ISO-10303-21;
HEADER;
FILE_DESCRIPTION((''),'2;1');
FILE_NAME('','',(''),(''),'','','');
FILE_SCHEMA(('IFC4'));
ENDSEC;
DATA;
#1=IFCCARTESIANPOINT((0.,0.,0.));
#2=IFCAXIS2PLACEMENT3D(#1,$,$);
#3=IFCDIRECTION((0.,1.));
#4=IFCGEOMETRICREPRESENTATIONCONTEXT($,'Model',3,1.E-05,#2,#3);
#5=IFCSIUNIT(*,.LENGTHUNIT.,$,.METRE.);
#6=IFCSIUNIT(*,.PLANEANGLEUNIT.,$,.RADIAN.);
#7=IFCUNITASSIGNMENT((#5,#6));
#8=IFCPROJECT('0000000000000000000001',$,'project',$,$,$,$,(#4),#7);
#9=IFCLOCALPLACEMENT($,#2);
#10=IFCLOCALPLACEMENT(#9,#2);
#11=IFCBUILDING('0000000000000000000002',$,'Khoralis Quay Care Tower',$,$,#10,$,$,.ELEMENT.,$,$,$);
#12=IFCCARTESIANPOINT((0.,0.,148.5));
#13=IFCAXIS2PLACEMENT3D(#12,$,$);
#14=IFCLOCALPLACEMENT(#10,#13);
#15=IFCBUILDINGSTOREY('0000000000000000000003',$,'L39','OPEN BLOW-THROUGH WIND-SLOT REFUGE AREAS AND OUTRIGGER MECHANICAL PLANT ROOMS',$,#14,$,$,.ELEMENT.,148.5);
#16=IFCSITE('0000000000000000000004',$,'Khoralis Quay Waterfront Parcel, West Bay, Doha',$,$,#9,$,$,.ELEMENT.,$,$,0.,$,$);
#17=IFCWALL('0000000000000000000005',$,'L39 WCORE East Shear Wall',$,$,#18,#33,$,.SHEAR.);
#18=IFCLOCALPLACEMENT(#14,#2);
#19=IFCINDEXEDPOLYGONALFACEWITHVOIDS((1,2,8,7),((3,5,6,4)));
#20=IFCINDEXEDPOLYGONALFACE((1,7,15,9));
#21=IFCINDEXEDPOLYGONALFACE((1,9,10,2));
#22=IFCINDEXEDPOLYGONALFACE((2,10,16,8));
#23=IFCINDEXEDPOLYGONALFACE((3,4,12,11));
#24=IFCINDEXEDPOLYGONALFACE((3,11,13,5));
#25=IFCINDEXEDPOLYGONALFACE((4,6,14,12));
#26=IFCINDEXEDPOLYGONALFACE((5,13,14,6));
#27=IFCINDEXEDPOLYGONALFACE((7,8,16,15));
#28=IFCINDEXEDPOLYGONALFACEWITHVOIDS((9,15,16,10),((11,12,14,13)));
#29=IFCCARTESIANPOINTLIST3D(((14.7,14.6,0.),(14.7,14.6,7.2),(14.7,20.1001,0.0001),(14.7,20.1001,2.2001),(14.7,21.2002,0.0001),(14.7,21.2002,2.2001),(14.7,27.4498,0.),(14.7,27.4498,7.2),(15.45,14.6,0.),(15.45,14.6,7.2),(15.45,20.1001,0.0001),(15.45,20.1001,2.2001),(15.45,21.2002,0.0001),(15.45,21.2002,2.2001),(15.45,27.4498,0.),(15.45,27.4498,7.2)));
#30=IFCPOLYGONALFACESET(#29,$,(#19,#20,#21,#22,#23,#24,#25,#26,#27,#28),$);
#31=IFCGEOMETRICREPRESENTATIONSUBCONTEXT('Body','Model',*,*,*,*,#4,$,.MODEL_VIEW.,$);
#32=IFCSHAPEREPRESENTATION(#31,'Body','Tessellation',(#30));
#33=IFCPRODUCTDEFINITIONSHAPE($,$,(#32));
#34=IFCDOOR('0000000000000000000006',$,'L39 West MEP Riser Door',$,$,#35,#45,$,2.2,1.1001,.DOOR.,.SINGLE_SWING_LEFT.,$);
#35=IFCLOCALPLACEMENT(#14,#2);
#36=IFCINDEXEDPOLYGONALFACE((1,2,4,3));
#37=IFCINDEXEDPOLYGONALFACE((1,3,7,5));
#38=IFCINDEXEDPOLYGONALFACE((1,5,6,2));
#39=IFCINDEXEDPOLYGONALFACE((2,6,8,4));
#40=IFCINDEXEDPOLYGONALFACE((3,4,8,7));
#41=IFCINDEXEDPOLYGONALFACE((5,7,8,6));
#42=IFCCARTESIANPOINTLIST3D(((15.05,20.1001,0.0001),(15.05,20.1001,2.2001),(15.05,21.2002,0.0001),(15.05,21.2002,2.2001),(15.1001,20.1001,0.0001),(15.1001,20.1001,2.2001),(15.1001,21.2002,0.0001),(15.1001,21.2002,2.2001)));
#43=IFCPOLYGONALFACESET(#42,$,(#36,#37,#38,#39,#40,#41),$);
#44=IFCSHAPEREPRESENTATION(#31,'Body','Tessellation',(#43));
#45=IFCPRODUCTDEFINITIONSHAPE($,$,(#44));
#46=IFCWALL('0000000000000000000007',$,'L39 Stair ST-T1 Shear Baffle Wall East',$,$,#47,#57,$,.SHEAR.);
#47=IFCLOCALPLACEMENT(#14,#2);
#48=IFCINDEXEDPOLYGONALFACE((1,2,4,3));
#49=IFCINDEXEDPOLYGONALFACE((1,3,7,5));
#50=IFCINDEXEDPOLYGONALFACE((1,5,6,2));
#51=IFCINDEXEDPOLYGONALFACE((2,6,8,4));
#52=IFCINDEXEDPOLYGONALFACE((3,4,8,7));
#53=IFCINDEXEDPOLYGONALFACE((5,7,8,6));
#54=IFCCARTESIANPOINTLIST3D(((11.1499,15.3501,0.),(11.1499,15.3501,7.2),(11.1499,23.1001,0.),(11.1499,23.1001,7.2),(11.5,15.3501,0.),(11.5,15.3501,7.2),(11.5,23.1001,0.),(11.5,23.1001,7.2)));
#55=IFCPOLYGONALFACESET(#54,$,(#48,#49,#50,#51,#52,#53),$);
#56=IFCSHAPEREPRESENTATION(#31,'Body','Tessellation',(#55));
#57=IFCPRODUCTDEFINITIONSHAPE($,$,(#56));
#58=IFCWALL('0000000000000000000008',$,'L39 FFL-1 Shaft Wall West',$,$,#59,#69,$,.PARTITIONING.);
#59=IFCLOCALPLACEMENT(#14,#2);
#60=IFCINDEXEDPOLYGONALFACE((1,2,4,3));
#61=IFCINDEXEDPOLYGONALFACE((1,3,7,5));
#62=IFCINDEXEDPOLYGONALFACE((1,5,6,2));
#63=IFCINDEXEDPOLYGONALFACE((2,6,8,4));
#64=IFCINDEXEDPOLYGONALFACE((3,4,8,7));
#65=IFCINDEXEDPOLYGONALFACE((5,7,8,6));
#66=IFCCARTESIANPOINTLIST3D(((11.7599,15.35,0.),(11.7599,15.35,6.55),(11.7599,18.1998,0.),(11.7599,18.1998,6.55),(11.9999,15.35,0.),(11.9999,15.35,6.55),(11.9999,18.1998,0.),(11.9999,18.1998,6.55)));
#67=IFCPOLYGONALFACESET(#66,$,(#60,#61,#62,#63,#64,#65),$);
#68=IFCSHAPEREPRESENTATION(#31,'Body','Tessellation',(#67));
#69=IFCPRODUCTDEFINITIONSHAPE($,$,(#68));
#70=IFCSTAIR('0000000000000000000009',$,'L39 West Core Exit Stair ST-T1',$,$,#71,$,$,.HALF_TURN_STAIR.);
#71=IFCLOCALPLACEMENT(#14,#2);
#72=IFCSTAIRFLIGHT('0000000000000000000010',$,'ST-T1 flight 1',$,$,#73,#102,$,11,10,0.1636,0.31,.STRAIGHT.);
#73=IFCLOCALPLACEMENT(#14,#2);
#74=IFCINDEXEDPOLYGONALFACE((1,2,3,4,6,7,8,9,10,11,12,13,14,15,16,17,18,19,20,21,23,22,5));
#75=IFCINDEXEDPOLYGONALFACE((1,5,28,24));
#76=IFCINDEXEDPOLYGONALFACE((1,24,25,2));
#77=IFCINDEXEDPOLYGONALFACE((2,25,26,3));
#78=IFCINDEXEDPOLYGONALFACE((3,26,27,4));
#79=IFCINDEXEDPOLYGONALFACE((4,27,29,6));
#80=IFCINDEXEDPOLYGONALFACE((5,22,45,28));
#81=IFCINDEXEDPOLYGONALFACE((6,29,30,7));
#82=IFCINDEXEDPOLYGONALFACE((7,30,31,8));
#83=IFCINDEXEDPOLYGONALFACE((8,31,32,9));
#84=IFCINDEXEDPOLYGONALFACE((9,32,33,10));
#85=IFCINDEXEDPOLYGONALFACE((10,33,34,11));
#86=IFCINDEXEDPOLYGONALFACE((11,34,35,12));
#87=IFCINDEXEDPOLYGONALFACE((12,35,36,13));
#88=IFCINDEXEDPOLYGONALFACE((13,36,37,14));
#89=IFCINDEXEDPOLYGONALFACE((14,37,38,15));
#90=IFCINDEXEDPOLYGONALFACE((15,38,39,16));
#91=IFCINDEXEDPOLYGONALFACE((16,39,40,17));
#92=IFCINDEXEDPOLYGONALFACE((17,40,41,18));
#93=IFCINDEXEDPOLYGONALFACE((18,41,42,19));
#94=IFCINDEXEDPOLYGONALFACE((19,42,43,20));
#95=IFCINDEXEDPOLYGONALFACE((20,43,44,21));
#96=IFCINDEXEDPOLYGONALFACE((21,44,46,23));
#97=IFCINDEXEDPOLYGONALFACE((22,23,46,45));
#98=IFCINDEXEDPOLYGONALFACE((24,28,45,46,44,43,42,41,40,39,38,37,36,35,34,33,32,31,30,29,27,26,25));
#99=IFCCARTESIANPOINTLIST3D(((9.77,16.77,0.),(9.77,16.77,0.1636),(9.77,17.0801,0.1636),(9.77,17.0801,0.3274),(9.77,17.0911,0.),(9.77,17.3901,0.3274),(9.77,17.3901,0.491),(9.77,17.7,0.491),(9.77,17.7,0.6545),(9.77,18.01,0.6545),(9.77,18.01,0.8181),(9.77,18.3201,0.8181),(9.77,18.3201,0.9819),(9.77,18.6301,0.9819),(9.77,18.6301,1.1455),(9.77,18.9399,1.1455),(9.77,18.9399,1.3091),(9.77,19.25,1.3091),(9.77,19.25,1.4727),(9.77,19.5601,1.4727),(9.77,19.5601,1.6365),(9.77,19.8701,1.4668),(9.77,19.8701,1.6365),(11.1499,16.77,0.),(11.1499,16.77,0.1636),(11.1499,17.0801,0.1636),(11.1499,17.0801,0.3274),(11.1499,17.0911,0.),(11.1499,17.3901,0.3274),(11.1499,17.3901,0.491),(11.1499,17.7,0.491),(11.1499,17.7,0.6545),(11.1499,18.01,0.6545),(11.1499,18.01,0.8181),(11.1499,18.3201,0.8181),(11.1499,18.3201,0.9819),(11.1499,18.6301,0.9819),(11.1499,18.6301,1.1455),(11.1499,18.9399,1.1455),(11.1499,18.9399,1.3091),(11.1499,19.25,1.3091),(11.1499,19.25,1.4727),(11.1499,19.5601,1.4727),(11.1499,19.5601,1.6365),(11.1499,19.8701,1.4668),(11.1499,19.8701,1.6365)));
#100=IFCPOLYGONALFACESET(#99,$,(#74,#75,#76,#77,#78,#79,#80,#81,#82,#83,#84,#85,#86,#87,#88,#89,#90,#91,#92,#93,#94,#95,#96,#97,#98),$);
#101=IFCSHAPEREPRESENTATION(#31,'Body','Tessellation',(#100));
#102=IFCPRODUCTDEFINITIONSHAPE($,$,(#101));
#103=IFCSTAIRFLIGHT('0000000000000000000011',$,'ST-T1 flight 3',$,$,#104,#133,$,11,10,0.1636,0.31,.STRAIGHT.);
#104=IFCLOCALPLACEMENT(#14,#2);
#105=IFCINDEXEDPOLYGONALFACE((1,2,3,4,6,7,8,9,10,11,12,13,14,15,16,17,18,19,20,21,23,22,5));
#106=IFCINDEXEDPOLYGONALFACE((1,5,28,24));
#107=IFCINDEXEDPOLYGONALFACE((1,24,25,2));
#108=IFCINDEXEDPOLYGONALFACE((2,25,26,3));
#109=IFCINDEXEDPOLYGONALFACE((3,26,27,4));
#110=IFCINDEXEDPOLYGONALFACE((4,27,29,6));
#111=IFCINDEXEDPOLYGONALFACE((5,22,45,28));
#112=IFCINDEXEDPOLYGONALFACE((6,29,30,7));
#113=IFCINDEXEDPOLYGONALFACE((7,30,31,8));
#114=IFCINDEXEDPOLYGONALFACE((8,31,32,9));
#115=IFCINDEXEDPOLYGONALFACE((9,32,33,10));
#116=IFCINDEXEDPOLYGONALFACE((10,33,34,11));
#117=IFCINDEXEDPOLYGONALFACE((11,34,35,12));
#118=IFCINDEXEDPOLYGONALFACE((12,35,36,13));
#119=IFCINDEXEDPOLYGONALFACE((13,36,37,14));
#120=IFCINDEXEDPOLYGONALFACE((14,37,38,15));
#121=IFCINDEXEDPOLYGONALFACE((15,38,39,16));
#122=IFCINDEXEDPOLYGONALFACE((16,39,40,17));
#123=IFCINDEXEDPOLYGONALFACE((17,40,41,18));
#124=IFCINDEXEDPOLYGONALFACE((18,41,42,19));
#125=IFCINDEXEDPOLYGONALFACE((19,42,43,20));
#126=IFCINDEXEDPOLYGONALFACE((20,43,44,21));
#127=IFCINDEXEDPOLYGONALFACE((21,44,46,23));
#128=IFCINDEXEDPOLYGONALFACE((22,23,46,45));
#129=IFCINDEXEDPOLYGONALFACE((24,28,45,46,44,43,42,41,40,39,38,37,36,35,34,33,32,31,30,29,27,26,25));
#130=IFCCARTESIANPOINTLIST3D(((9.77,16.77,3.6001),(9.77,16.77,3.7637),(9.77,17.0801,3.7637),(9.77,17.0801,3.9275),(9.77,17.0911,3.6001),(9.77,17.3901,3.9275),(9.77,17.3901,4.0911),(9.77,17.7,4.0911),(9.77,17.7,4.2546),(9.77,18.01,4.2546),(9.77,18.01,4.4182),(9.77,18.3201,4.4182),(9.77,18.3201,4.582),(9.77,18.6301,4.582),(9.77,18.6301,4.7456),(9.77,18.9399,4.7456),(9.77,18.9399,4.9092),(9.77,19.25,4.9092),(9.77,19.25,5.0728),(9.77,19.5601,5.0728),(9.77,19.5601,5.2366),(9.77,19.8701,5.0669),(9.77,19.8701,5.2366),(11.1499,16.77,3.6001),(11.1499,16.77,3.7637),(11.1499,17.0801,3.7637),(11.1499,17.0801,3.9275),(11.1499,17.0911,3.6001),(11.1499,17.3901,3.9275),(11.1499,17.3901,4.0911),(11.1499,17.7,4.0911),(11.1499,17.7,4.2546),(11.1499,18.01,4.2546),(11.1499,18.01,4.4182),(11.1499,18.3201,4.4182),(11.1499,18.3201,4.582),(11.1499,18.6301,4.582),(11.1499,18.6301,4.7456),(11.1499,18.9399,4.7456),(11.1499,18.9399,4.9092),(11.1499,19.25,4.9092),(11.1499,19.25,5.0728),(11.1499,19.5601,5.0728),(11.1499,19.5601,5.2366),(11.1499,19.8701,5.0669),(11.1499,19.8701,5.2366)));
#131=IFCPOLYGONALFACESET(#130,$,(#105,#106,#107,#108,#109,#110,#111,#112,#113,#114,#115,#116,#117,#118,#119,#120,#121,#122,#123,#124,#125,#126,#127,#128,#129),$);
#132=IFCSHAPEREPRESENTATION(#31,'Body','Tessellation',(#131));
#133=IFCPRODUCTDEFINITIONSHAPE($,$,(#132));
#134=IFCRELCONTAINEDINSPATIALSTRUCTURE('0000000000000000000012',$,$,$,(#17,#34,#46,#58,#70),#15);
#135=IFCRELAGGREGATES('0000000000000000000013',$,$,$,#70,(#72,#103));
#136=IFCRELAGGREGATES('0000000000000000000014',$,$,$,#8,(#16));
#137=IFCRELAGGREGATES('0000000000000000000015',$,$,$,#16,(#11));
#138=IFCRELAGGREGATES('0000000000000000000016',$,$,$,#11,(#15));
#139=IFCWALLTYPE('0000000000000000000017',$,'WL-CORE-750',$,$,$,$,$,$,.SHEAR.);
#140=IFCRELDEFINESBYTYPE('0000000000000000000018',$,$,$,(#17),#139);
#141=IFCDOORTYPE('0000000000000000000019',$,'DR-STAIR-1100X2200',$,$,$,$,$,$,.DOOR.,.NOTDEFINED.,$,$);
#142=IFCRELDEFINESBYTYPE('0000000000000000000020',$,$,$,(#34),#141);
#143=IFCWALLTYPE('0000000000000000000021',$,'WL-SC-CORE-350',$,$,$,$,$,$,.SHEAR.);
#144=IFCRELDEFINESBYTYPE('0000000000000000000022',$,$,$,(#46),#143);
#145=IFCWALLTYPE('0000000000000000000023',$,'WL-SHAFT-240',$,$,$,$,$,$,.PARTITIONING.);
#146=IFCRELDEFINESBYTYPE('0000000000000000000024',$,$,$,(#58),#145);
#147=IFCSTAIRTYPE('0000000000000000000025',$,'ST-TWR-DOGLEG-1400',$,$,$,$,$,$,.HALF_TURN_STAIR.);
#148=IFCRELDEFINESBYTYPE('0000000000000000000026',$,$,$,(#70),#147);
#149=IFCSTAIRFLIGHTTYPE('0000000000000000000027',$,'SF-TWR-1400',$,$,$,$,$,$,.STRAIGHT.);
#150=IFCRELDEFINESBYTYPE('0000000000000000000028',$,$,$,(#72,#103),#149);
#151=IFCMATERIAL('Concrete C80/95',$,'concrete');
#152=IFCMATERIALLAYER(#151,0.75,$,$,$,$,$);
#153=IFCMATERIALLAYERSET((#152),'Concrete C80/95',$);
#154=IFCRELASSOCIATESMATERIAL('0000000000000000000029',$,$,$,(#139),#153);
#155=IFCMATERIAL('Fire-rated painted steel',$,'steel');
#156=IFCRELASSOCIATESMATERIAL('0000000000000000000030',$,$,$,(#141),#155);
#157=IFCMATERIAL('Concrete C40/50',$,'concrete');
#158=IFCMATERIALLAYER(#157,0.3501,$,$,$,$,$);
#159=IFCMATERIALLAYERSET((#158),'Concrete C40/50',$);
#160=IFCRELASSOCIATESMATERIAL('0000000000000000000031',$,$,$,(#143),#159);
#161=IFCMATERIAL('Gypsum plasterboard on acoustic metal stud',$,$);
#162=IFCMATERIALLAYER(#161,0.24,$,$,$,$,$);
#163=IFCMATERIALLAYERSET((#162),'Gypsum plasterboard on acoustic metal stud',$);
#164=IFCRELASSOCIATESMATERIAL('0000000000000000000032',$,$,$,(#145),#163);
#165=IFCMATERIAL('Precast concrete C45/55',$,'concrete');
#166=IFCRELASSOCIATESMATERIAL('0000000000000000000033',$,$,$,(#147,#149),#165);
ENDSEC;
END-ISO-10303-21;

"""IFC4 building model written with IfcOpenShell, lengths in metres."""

from ifc_helpers import new_model, si_unit, direction, frame, frame_2d, origin, place, context, subcontext, project, spatial, polyline, rectangle, outline, extrude, source, transform, mapped, material, layer, layer_set, type_object, element, fill, aggregate, save


model = new_model("IFC4")

# Units and contexts
model_context = context("Model", 3, precision=1e-05, world=origin(), true_north=direction((0.0, 1.0)))
body_context = subcontext(model_context, "Body", "Model", "MODEL_VIEW")
ifc_project = project(units=[si_unit("LENGTHUNIT", "METRE"), si_unit("PLANEANGLEUNIT", "RADIAN")], contexts=[model_context])

# Site, building, storey
site_placement = place(None, origin())
site = spatial("IfcSite", under=ifc_project, at=site_placement, Name="Khoralis Quay Waterfront Parcel, West Bay, Doha", CompositionType="ELEMENT", RefElevation=0.0)
building_placement = place(site_placement, origin())
building = spatial("IfcBuilding", under=site, at=building_placement, Name="Khoralis Quay Care Tower", CompositionType="ELEMENT")
storey_placement = place(building_placement, frame((0.0, 0.0, 148.5)))
storey = spatial("IfcBuildingStorey", under=building, at=storey_placement, Name="L39", Description="OPEN BLOW-THROUGH WIND-SLOT REFUGE AREAS AND OUTRIGGER MECHANICAL PLANT ROOMS", CompositionType="ELEMENT", Elevation=148.5)

# Shared definitions
ifc_material_1 = material(Name="Concrete C80/95", Category="concrete")

# Shared definitions
ifc_material_2 = material(Name="Gypsum plasterboard on acoustic metal stud")

# Wall, opening, door
ifc_layer_1 = layer(ifc_material_1, 0.75)
ifc_layer_set_1 = layer_set([ifc_layer_1], Name="Concrete C80/95")
wall_type_1 = type_object("IfcWallType", Name="WL-CORE-750", PredefinedType="SHEAR", material=ifc_layer_set_1)
wall_1_placement = place(storey_placement, frame((15.075, 14.6001, 0.0), z_axis=(0.0, 0.0, 1.0), x_axis=(0.0, 1.0, 0.0)))
wall_1 = element("IfcWall", 1, at=wall_1_placement, inside=storey, type_object=wall_type_1, Name="L39 WCORE East Shear Wall", PredefinedType="SHEAR", context=body_context, shape_type="SweptSolid", body=[
    extrude(rectangle(XDim=12.8499, YDim=0.75, at=frame_2d((6.4248, 0.0))), origin(), (0.0, 0.0, 1.0), 7.2),
])
opening_placement = place(wall_1_placement, frame((5.5, 0.0, 0.0)))
opening = element("IfcOpeningElement", 2, at=opening_placement, cuts=wall_1, PredefinedType="OPENING", context=body_context, shape_type="SweptSolid", body=[
    extrude(rectangle(XDim=1.1001, YDim=2.2, at=frame_2d((0.55, 1.1001))), frame((0.0, 0.385, 0.0), z_axis=(0.0, -1.0, 0.0), x_axis=(1.0, 0.0, 0.0)), (0.0, 0.0, 1.0), 0.77),
])
ifc_material_3 = material(Name="Fire-rated painted steel", Category="steel")
door_type = type_object("IfcDoorType", Name="DR-STAIR-1100X2200", OperationType="NOTDEFINED", PredefinedType="DOOR", material=ifc_material_3)
shared_shape_1 = source(origin(), body_context, "Body", "SweptSolid", [
    extrude(rectangle(XDim=1.1001, YDim=2.2, at=frame_2d((0.55, 1.1001))), frame((0.0, 0.0249, 0.0), z_axis=(0.0, -1.0, 0.0), x_axis=(1.0, 0.0, 0.0)), (0.0, 0.0, 1.0), 0.05),
])
door_placement = place(opening_placement, origin())
door = element("IfcDoor", 3, at=door_placement, inside=storey, type_object=door_type, Name="L39 West MEP Riser Door", OperationType="SINGLE_SWING_LEFT", OverallHeight=2.2, OverallWidth=1.1001, PredefinedType="DOOR", context=body_context, shape_type="MappedRepresentation", body=[
    mapped(shared_shape_1, transform((0.0, 0.0, 0.0), scale=1.0)),
])
fill(opening, door)

# Walls
ifc_material_4 = material(Name="Concrete C40/50", Category="concrete")
ifc_layer_2 = layer(ifc_material_4, 0.3501)
ifc_layer_set_2 = layer_set([ifc_layer_2], Name="Concrete C40/50")
wall_type_2 = type_object("IfcWallType", Name="WL-SC-CORE-350", PredefinedType="SHEAR", material=ifc_layer_set_2)
wall_2_placement = place(storey_placement, frame((11.325, 15.3501, 0.0), z_axis=(0.0, 0.0, 1.0), x_axis=(0.0, 1.0, 0.0)))
element("IfcWall", 4, at=wall_2_placement, inside=storey, type_object=wall_type_2, Name="L39 Stair ST-T1 Shear Baffle Wall East", PredefinedType="SHEAR", context=body_context, shape_type="SweptSolid", body=[
    extrude(rectangle(XDim=7.75, YDim=0.3501, at=frame_2d((3.875, 0.0))), origin(), (0.0, 0.0, 1.0), 7.2),
])
ifc_layer_3 = layer(ifc_material_2, 0.24)
ifc_layer_set_3 = layer_set([ifc_layer_3], Name="Gypsum plasterboard on acoustic metal stud")
wall_type_3 = type_object("IfcWallType", Name="WL-SHAFT-240", PredefinedType="PARTITIONING", material=ifc_layer_set_3)
wall_3_placement = place(storey_placement, frame((11.8799, 15.3501, 0.0), z_axis=(0.0, 0.0, 1.0), x_axis=(0.0, 1.0, 0.0)))
element("IfcWall", 5, at=wall_3_placement, inside=storey, type_object=wall_type_3, Name="L39 FFL-1 Shaft Wall West", PredefinedType="PARTITIONING", context=body_context, shape_type="SweptSolid", body=[
    extrude(rectangle(XDim=2.8499, YDim=0.24, at=frame_2d((1.4248, 0.0))), origin(), (0.0, 0.0, 1.0), 6.55),
])

# Stair, stair flights
ifc_material_5 = material(Name="Precast concrete C45/55", Category="concrete")
stair_type = type_object("IfcStairType", Name="ST-TWR-DOGLEG-1400", PredefinedType="HALF_TURN_STAIR", material=ifc_material_5)
stair_placement = place(storey_placement, origin())
stair = element("IfcStair", 6, at=stair_placement, inside=storey, type_object=stair_type, Name="L39 West Core Exit Stair ST-T1", PredefinedType="HALF_TURN_STAIR")
stair_flight_type = type_object("IfcStairFlightType", Name="SF-TWR-1400", PredefinedType="STRAIGHT", material=ifc_material_5)
shared_shape_2 = source(origin(), body_context, "Body", "SweptSolid", [
    extrude(outline(polyline([(0.0, 0.0), (0.0, 0.1636), (0.3101, 0.1636), (0.3101, 0.3274), (0.6201, 0.3274), (0.6201, 0.491), (0.9299, 0.491), (0.9299, 0.6545), (1.24, 0.6545), (1.24, 0.8181), (1.55, 0.8181), (1.55, 0.9819), (1.8601, 0.9819), (1.8601, 1.1455), (2.1699, 1.1455), (2.1699, 1.3091), (2.48, 1.3091), (2.48, 1.4727), (2.79, 1.4727), (2.79, 1.6365), (3.1001, 1.6365), (3.1001, 1.8), (3.1001, 1.4668), (0.321, 0.0), (0.0, 0.0)])), frame((0.0, 0.6899, 0.0), z_axis=(0.0, -1.0, 0.0), x_axis=(1.0, 0.0, 0.0)), (0.0, 0.0, 1.0), 1.3799),
])
stair_flight_1_placement = place(storey_placement, frame((10.46, 16.77, 0.0), z_axis=(0.0, 0.0, 1.0), x_axis=(0.0, 1.0, 0.0)))
stair_flight_1 = element("IfcStairFlight", 7, at=stair_flight_1_placement, type_object=stair_flight_type, Name="ST-T1 flight 1", NumberOfRisers=11, NumberOfTreads=10, PredefinedType="STRAIGHT", RiserHeight=0.1636, TreadLength=0.31, context=body_context, shape_type="MappedRepresentation", body=[
    mapped(shared_shape_2, transform((0.0, 0.0, 0.0), scale=1.0)),
])
stair_flight_2_placement = place(storey_placement, frame((10.46, 16.77, 3.6001), z_axis=(0.0, 0.0, 1.0), x_axis=(0.0, 1.0, 0.0)))
stair_flight_2 = element("IfcStairFlight", 8, at=stair_flight_2_placement, type_object=stair_flight_type, Name="ST-T1 flight 3", NumberOfRisers=11, NumberOfTreads=10, PredefinedType="STRAIGHT", RiserHeight=0.1636, TreadLength=0.31, context=body_context, shape_type="MappedRepresentation", body=[
    mapped(shared_shape_2, transform((0.0, 0.0, 0.0), scale=1.0)),
])
aggregate(stair, [stair_flight_1, stair_flight_2])

save(model, "model.ifc")
